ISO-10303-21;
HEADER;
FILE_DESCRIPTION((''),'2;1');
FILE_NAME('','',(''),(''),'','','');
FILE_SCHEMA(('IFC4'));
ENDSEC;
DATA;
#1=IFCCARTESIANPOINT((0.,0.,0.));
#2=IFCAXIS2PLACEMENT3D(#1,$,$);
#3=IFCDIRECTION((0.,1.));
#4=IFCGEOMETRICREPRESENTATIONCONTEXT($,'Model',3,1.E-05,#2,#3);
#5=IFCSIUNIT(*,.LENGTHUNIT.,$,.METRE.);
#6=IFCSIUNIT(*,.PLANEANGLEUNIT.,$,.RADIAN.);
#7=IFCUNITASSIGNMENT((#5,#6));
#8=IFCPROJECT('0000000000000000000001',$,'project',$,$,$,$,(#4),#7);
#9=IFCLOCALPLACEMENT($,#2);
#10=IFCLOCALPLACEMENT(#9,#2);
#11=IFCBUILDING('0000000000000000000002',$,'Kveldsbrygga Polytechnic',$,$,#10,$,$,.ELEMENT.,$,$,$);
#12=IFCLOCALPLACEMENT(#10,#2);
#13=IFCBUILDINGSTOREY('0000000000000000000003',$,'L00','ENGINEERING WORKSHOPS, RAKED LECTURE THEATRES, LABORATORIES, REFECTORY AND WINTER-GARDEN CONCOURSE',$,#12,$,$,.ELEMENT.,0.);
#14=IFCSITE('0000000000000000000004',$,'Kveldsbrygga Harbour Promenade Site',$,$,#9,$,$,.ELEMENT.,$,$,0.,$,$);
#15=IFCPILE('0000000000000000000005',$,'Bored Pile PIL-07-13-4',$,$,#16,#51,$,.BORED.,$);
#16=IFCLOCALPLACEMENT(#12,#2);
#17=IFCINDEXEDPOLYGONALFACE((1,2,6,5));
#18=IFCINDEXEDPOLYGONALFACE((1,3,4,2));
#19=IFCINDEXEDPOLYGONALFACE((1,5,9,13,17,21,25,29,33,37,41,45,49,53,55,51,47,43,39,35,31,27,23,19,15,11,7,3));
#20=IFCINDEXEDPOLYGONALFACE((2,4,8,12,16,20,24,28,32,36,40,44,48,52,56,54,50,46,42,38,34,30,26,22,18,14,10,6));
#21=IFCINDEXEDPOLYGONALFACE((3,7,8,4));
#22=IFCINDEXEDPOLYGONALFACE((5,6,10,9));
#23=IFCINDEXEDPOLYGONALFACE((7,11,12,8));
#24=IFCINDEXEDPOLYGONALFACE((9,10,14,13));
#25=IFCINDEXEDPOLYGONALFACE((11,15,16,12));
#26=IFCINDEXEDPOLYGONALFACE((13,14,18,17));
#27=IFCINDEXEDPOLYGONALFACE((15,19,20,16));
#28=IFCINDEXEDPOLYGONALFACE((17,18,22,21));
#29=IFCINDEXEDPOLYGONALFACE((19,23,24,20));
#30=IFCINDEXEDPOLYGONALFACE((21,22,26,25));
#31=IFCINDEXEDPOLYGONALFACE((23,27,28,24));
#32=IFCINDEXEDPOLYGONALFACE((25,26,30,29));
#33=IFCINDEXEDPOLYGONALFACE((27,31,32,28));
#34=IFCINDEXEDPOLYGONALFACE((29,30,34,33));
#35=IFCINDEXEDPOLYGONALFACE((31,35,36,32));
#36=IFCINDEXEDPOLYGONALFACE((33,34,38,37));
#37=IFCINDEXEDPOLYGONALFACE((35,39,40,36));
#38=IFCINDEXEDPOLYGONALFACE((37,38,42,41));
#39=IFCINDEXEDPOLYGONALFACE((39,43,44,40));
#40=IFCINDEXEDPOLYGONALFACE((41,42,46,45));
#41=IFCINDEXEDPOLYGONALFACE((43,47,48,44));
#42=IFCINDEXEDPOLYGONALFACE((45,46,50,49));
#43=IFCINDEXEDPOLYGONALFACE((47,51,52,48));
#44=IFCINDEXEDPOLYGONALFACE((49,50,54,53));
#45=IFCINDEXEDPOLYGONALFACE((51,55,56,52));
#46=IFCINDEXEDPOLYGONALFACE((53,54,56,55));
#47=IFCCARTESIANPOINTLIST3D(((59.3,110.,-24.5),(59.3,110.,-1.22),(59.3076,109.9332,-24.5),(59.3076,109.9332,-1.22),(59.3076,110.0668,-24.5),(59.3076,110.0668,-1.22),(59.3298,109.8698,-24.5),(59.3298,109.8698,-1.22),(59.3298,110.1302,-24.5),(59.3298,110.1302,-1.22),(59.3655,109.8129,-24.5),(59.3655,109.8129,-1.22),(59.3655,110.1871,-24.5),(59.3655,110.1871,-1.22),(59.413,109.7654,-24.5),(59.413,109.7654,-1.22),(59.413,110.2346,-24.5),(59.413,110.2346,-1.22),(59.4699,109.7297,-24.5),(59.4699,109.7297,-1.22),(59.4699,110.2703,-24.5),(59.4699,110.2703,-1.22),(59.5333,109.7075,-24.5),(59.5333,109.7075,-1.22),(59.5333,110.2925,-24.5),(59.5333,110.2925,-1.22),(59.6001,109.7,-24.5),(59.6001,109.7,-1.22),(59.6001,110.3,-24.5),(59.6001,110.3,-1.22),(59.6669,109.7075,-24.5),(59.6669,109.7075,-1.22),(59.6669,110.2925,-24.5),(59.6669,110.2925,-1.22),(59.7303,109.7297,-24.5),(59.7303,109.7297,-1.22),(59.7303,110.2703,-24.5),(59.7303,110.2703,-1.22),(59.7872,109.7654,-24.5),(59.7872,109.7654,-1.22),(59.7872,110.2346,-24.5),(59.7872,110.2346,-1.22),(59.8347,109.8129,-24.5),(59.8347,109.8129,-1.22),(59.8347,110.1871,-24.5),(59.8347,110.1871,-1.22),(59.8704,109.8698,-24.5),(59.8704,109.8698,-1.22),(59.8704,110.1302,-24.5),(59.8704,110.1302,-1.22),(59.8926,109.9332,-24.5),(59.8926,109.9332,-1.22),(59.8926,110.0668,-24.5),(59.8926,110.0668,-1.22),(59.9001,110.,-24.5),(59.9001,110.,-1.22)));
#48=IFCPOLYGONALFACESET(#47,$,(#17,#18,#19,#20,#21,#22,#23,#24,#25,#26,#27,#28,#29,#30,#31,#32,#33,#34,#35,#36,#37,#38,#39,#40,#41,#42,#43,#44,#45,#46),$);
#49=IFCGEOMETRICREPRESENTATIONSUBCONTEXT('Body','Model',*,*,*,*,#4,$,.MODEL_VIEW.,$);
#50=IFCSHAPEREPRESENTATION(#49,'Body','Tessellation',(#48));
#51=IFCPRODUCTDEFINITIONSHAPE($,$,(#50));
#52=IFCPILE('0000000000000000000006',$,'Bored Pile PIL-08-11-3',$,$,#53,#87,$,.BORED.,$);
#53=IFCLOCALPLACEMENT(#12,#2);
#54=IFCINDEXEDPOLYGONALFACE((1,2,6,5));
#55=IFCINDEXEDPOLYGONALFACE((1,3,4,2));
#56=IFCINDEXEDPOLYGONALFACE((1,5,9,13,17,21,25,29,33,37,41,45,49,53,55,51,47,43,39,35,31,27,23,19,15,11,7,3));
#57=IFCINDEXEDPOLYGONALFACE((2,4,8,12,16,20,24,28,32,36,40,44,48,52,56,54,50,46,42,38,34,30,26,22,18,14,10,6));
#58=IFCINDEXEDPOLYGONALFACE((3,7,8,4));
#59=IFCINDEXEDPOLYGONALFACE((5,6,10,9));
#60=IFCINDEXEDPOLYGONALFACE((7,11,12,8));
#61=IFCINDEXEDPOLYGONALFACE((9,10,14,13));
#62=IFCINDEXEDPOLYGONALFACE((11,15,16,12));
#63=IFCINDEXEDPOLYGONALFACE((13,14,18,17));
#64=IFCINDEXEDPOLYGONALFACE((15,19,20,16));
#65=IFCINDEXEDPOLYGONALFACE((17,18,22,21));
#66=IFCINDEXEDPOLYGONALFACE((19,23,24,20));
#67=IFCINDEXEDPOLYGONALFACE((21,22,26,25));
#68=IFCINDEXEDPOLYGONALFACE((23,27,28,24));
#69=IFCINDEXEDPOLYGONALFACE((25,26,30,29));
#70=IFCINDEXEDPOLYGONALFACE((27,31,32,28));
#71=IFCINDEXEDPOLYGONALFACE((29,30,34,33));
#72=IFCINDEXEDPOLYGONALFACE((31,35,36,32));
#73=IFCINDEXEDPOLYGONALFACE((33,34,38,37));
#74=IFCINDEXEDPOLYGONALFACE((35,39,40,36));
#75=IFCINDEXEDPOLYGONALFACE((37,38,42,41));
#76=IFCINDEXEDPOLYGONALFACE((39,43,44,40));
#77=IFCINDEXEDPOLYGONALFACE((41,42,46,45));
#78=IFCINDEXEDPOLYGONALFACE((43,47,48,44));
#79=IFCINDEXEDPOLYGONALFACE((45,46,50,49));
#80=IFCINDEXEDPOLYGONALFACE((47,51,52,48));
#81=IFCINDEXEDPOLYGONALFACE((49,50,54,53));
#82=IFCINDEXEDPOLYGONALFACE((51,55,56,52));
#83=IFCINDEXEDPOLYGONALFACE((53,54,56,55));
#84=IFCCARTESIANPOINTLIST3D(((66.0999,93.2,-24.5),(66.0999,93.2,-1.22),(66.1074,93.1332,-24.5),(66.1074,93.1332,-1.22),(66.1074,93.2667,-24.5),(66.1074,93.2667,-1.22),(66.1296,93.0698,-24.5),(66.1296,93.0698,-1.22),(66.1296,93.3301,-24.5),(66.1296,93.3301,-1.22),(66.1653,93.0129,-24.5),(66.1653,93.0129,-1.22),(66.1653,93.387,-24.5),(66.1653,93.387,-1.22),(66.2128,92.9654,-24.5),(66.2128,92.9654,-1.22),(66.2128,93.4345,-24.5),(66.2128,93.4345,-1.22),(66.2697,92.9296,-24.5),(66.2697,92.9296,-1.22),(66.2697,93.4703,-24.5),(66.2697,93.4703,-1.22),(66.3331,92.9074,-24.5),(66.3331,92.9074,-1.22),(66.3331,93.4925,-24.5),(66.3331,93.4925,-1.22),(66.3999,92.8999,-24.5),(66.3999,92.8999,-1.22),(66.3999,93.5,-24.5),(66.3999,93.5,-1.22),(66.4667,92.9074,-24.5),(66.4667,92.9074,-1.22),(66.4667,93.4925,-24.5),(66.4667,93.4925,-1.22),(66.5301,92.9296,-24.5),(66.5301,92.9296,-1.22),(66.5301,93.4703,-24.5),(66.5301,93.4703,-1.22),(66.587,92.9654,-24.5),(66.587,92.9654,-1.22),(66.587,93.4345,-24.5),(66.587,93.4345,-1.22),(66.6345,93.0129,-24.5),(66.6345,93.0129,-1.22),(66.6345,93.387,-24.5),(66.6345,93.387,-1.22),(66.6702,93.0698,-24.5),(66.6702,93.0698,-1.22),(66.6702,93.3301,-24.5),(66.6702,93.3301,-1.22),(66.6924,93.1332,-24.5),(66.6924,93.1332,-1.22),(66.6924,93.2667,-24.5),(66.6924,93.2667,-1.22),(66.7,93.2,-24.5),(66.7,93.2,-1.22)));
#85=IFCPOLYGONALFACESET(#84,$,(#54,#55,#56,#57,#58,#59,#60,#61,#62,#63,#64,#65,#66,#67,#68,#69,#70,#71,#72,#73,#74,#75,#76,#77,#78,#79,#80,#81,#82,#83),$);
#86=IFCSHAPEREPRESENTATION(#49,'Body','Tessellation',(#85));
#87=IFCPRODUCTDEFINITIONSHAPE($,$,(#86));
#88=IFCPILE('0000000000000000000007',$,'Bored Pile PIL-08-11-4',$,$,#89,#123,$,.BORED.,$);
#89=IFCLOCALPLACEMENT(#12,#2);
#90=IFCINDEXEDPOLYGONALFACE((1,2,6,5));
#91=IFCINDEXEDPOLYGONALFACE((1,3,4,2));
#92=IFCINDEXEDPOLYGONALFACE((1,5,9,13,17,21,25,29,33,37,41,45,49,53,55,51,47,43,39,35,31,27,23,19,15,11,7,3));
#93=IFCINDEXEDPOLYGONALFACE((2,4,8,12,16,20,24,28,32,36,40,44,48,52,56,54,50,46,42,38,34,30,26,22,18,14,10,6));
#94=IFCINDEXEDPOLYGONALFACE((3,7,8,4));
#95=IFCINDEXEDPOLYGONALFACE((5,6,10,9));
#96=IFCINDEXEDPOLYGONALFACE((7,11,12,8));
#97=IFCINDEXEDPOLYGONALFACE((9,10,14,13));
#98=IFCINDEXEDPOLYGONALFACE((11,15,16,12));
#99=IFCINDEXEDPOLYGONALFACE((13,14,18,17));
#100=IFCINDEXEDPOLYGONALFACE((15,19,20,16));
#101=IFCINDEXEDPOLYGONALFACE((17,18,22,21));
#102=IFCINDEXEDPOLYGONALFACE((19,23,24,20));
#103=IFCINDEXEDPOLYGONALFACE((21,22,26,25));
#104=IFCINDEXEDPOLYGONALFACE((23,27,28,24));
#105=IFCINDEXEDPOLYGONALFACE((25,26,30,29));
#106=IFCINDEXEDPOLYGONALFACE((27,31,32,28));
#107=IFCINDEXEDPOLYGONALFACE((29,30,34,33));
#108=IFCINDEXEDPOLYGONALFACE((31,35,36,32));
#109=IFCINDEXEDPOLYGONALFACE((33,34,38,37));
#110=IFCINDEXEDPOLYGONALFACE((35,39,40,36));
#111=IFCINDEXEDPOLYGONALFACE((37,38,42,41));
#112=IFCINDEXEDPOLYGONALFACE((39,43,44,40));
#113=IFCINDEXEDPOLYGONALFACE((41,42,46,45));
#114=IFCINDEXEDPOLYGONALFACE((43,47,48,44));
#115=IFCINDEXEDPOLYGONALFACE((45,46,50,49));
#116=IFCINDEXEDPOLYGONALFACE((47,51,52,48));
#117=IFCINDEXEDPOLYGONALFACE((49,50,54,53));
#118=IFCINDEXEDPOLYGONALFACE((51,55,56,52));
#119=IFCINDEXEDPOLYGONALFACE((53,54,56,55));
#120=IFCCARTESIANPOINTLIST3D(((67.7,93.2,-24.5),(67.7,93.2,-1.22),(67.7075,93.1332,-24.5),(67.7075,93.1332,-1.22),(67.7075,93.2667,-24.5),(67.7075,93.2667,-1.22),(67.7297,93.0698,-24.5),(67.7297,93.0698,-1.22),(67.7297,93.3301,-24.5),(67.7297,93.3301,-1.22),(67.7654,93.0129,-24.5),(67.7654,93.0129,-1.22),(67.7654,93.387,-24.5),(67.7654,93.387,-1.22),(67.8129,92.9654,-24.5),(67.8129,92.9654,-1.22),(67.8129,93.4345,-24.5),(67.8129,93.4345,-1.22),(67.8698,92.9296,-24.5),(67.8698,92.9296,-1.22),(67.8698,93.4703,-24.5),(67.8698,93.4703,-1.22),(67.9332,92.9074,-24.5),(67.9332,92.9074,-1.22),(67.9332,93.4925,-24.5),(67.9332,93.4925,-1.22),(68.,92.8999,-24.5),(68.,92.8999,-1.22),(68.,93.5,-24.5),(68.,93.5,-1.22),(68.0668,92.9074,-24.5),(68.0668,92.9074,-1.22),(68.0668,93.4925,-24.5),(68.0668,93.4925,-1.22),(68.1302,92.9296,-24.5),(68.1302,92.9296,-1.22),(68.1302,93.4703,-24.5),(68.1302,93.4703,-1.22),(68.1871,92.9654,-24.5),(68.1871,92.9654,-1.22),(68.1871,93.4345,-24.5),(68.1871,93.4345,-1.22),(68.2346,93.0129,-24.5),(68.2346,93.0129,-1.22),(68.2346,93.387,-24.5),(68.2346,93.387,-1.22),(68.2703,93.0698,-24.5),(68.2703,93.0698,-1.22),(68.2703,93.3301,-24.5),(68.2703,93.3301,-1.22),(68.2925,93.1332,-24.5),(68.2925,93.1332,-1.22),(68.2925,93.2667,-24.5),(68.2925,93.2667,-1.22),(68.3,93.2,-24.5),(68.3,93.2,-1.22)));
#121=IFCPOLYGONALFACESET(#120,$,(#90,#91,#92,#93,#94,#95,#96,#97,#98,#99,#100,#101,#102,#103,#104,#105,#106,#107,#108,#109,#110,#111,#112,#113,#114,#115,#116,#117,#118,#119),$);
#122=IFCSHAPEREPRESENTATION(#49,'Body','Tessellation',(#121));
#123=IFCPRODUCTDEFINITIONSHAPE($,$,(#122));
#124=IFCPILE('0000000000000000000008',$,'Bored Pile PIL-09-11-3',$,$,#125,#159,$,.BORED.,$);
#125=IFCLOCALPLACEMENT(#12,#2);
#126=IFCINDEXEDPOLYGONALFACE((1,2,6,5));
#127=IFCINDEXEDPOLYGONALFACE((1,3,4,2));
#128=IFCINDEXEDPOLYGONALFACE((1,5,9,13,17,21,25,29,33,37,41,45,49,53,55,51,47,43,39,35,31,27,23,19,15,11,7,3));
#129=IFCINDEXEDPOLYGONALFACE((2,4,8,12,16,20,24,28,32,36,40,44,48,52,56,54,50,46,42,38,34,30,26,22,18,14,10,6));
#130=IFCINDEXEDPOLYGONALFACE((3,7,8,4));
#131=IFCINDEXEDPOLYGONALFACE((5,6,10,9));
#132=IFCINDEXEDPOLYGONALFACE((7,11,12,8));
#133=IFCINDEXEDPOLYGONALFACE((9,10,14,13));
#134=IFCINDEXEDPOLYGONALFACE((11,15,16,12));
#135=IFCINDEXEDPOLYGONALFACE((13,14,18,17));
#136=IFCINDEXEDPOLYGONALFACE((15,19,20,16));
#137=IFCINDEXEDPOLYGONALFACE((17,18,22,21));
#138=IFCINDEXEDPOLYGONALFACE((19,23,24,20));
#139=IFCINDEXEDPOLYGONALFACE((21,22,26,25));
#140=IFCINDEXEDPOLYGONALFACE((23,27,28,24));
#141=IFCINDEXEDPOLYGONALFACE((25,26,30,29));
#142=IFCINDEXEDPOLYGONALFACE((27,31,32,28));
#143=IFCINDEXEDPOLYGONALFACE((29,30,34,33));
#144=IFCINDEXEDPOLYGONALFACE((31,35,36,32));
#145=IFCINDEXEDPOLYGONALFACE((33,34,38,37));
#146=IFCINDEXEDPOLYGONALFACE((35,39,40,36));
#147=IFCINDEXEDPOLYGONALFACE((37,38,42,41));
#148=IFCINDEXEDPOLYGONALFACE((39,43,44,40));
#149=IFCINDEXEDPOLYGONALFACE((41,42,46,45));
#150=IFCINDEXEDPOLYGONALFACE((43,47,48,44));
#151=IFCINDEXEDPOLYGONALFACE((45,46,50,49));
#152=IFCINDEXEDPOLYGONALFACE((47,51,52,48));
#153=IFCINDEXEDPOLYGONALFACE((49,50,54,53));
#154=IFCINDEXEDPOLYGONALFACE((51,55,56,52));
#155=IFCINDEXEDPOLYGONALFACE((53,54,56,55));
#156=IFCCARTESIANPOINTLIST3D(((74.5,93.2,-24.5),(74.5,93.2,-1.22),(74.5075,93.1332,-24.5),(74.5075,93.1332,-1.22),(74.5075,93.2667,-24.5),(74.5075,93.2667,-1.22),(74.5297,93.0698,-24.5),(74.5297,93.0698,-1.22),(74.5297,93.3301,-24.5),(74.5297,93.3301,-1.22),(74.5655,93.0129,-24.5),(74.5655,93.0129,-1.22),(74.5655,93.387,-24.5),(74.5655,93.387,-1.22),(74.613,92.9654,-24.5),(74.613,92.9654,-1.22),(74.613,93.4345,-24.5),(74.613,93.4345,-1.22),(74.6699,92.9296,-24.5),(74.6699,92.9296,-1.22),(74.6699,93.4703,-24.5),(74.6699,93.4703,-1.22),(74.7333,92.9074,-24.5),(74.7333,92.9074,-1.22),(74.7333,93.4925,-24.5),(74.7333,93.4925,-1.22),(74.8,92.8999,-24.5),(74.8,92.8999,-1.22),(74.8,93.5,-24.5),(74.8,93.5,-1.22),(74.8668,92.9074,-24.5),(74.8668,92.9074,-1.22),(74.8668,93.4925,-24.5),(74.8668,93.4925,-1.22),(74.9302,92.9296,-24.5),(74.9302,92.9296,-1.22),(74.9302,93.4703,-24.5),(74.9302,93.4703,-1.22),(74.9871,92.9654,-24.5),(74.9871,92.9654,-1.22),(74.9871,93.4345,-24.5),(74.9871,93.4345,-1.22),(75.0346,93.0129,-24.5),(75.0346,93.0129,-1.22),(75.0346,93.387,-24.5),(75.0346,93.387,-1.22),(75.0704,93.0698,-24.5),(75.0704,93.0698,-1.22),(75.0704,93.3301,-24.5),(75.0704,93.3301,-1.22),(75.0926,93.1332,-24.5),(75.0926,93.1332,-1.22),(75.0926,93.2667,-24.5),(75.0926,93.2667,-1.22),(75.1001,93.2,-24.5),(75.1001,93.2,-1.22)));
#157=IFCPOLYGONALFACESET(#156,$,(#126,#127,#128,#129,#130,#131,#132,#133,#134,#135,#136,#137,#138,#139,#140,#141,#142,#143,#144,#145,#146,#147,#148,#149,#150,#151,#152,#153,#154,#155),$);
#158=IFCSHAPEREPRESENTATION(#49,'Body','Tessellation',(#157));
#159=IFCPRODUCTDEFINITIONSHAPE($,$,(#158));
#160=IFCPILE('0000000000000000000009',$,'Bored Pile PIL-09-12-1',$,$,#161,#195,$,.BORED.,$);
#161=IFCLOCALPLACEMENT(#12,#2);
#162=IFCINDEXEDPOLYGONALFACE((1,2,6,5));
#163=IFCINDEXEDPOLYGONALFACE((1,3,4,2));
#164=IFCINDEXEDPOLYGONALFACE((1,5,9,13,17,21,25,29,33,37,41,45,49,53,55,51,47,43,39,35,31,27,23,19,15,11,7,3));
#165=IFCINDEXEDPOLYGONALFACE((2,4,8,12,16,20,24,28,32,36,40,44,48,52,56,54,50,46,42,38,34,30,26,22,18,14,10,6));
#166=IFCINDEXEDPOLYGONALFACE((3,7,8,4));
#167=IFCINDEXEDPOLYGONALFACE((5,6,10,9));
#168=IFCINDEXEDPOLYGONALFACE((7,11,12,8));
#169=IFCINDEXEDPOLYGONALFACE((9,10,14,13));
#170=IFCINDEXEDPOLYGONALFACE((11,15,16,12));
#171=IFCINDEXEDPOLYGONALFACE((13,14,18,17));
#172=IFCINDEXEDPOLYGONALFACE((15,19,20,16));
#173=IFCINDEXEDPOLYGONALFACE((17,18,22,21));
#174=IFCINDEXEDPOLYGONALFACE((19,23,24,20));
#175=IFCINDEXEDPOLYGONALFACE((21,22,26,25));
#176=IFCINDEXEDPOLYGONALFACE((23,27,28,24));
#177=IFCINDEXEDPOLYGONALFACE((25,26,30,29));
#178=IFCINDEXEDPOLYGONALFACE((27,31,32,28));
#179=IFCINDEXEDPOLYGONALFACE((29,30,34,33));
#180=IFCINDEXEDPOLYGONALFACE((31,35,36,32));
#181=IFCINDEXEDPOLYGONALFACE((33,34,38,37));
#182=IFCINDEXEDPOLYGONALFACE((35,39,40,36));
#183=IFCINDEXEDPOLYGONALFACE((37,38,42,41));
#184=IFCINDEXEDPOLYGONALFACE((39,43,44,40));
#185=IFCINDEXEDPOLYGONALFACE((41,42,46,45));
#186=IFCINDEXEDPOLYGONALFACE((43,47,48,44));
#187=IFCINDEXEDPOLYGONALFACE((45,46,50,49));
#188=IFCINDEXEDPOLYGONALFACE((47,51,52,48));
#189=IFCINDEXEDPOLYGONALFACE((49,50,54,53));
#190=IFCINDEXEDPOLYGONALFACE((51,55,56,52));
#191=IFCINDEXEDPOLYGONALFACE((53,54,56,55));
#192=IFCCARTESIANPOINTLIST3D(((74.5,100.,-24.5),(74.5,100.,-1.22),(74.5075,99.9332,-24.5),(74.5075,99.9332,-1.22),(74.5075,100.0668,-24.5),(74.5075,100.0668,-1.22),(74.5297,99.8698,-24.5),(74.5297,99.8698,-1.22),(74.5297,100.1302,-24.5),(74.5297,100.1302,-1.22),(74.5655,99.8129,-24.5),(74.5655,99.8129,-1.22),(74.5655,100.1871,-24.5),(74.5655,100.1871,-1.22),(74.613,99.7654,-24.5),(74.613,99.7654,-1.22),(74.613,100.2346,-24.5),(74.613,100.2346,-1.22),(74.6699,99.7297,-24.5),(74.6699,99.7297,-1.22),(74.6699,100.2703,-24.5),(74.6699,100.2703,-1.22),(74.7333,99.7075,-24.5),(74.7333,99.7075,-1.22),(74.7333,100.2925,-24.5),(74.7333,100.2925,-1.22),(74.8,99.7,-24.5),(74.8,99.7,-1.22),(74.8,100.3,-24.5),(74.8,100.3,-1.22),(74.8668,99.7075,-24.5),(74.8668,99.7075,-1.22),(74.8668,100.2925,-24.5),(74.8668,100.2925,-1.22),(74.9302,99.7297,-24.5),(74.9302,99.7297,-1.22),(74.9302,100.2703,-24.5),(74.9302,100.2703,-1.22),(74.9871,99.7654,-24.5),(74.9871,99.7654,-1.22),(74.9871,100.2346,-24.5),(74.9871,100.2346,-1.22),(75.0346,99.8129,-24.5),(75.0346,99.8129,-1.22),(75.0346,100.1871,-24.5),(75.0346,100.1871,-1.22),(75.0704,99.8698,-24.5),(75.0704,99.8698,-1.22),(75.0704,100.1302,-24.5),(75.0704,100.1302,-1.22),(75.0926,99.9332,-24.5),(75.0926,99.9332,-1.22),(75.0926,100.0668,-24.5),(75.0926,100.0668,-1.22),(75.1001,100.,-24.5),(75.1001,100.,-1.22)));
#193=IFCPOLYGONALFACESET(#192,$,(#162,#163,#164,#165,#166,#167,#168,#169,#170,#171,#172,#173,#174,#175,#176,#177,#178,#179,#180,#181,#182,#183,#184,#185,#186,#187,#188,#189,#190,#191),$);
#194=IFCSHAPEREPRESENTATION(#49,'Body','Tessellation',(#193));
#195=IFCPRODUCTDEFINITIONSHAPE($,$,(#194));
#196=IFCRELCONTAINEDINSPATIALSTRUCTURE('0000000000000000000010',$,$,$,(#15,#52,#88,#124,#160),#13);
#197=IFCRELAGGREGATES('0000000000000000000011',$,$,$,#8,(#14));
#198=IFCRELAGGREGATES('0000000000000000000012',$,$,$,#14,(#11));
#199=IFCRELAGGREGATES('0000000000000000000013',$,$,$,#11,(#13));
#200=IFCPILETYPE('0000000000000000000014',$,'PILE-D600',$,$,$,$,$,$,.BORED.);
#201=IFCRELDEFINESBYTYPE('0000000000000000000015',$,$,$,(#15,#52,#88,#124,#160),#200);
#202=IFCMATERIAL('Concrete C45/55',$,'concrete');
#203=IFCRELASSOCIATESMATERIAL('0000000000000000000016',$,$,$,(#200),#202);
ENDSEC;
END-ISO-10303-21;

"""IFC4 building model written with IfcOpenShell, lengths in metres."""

from ifc_helpers import new_model, si_unit, direction, frame, origin, origin_2d, place, context, subcontext, project, spatial, circle, extrude, material, material_profile, profile_set, type_object, element, save


model = new_model("IFC4")

# Units and contexts
model_context = context("Model", 3, precision=1e-05, world=origin(), true_north=direction((0.0, 1.0)))
body_context = subcontext(model_context, "Body", "Model", "MODEL_VIEW")
ifc_project = project(units=[si_unit("LENGTHUNIT", "METRE"), si_unit("PLANEANGLEUNIT", "RADIAN")], contexts=[model_context])

# Site, building, storey
site_placement = place(None, origin())
site = spatial("IfcSite", under=ifc_project, at=site_placement, Name="Kveldsbrygga Harbour Promenade Site", CompositionType="ELEMENT", RefElevation=0.0)
building_placement = place(site_placement, origin())
building = spatial("IfcBuilding", under=site, at=building_placement, Name="Kveldsbrygga Polytechnic", CompositionType="ELEMENT")
storey_placement = place(building_placement, origin())
storey = spatial("IfcBuildingStorey", under=building, at=storey_placement, Name="L00", Description="ENGINEERING WORKSHOPS, RAKED LECTURE THEATRES, LABORATORIES, REFECTORY AND WINTER-GARDEN CONCOURSE", CompositionType="ELEMENT", Elevation=0.0)

# Shared definitions
ifc_material_1 = material(Name="Concrete C45/55", Category="concrete")

# Piles
ifc_material_profile_1 = material_profile(ifc_material_1, circle(Radius=0.3, at=origin_2d()), Name="PILE D600")
ifc_profile_set_1 = profile_set([ifc_material_profile_1], Name="Concrete C45/55")
pile_type = type_object("IfcPileType", Name="PILE-D600", PredefinedType="BORED", material=ifc_profile_set_1)
for number, where, z_axis, x_axis, name in (
    (1, (59.6001, 110.0, -1.22), (0.0, 0.0, -1.0), (1.0, 0.0, 0.0), "Bored Pile PIL-07-13-4"),
    (2, (66.3999, 93.2, -1.22), (0.0, 0.0, -1.0), (1.0, 0.0, 0.0), "Bored Pile PIL-08-11-3"),
    (3, (68.0, 93.2, -1.22), (0.0, 0.0, -1.0), (1.0, 0.0, 0.0), "Bored Pile PIL-08-11-4"),
    (4, (74.8, 93.2, -1.22), (0.0, 0.0, -1.0), (1.0, 0.0, 0.0), "Bored Pile PIL-09-11-3"),
    (5, (74.8, 100.0, -1.22), (0.0, 0.0, -1.0), (1.0, 0.0, 0.0), "Bored Pile PIL-09-12-1"),
):
    element("IfcPile", number, at=place(storey_placement, frame(where, z_axis=z_axis, x_axis=x_axis)), inside=storey, type_object=pile_type, Name=name, PredefinedType="BORED", context=body_context, shape_type="SweptSolid", body=[
        extrude(circle(Radius=0.3, at=origin_2d()), origin(), (0.0, 0.0, 1.0), 23.28),
    ])

save(model, "model.ifc")
